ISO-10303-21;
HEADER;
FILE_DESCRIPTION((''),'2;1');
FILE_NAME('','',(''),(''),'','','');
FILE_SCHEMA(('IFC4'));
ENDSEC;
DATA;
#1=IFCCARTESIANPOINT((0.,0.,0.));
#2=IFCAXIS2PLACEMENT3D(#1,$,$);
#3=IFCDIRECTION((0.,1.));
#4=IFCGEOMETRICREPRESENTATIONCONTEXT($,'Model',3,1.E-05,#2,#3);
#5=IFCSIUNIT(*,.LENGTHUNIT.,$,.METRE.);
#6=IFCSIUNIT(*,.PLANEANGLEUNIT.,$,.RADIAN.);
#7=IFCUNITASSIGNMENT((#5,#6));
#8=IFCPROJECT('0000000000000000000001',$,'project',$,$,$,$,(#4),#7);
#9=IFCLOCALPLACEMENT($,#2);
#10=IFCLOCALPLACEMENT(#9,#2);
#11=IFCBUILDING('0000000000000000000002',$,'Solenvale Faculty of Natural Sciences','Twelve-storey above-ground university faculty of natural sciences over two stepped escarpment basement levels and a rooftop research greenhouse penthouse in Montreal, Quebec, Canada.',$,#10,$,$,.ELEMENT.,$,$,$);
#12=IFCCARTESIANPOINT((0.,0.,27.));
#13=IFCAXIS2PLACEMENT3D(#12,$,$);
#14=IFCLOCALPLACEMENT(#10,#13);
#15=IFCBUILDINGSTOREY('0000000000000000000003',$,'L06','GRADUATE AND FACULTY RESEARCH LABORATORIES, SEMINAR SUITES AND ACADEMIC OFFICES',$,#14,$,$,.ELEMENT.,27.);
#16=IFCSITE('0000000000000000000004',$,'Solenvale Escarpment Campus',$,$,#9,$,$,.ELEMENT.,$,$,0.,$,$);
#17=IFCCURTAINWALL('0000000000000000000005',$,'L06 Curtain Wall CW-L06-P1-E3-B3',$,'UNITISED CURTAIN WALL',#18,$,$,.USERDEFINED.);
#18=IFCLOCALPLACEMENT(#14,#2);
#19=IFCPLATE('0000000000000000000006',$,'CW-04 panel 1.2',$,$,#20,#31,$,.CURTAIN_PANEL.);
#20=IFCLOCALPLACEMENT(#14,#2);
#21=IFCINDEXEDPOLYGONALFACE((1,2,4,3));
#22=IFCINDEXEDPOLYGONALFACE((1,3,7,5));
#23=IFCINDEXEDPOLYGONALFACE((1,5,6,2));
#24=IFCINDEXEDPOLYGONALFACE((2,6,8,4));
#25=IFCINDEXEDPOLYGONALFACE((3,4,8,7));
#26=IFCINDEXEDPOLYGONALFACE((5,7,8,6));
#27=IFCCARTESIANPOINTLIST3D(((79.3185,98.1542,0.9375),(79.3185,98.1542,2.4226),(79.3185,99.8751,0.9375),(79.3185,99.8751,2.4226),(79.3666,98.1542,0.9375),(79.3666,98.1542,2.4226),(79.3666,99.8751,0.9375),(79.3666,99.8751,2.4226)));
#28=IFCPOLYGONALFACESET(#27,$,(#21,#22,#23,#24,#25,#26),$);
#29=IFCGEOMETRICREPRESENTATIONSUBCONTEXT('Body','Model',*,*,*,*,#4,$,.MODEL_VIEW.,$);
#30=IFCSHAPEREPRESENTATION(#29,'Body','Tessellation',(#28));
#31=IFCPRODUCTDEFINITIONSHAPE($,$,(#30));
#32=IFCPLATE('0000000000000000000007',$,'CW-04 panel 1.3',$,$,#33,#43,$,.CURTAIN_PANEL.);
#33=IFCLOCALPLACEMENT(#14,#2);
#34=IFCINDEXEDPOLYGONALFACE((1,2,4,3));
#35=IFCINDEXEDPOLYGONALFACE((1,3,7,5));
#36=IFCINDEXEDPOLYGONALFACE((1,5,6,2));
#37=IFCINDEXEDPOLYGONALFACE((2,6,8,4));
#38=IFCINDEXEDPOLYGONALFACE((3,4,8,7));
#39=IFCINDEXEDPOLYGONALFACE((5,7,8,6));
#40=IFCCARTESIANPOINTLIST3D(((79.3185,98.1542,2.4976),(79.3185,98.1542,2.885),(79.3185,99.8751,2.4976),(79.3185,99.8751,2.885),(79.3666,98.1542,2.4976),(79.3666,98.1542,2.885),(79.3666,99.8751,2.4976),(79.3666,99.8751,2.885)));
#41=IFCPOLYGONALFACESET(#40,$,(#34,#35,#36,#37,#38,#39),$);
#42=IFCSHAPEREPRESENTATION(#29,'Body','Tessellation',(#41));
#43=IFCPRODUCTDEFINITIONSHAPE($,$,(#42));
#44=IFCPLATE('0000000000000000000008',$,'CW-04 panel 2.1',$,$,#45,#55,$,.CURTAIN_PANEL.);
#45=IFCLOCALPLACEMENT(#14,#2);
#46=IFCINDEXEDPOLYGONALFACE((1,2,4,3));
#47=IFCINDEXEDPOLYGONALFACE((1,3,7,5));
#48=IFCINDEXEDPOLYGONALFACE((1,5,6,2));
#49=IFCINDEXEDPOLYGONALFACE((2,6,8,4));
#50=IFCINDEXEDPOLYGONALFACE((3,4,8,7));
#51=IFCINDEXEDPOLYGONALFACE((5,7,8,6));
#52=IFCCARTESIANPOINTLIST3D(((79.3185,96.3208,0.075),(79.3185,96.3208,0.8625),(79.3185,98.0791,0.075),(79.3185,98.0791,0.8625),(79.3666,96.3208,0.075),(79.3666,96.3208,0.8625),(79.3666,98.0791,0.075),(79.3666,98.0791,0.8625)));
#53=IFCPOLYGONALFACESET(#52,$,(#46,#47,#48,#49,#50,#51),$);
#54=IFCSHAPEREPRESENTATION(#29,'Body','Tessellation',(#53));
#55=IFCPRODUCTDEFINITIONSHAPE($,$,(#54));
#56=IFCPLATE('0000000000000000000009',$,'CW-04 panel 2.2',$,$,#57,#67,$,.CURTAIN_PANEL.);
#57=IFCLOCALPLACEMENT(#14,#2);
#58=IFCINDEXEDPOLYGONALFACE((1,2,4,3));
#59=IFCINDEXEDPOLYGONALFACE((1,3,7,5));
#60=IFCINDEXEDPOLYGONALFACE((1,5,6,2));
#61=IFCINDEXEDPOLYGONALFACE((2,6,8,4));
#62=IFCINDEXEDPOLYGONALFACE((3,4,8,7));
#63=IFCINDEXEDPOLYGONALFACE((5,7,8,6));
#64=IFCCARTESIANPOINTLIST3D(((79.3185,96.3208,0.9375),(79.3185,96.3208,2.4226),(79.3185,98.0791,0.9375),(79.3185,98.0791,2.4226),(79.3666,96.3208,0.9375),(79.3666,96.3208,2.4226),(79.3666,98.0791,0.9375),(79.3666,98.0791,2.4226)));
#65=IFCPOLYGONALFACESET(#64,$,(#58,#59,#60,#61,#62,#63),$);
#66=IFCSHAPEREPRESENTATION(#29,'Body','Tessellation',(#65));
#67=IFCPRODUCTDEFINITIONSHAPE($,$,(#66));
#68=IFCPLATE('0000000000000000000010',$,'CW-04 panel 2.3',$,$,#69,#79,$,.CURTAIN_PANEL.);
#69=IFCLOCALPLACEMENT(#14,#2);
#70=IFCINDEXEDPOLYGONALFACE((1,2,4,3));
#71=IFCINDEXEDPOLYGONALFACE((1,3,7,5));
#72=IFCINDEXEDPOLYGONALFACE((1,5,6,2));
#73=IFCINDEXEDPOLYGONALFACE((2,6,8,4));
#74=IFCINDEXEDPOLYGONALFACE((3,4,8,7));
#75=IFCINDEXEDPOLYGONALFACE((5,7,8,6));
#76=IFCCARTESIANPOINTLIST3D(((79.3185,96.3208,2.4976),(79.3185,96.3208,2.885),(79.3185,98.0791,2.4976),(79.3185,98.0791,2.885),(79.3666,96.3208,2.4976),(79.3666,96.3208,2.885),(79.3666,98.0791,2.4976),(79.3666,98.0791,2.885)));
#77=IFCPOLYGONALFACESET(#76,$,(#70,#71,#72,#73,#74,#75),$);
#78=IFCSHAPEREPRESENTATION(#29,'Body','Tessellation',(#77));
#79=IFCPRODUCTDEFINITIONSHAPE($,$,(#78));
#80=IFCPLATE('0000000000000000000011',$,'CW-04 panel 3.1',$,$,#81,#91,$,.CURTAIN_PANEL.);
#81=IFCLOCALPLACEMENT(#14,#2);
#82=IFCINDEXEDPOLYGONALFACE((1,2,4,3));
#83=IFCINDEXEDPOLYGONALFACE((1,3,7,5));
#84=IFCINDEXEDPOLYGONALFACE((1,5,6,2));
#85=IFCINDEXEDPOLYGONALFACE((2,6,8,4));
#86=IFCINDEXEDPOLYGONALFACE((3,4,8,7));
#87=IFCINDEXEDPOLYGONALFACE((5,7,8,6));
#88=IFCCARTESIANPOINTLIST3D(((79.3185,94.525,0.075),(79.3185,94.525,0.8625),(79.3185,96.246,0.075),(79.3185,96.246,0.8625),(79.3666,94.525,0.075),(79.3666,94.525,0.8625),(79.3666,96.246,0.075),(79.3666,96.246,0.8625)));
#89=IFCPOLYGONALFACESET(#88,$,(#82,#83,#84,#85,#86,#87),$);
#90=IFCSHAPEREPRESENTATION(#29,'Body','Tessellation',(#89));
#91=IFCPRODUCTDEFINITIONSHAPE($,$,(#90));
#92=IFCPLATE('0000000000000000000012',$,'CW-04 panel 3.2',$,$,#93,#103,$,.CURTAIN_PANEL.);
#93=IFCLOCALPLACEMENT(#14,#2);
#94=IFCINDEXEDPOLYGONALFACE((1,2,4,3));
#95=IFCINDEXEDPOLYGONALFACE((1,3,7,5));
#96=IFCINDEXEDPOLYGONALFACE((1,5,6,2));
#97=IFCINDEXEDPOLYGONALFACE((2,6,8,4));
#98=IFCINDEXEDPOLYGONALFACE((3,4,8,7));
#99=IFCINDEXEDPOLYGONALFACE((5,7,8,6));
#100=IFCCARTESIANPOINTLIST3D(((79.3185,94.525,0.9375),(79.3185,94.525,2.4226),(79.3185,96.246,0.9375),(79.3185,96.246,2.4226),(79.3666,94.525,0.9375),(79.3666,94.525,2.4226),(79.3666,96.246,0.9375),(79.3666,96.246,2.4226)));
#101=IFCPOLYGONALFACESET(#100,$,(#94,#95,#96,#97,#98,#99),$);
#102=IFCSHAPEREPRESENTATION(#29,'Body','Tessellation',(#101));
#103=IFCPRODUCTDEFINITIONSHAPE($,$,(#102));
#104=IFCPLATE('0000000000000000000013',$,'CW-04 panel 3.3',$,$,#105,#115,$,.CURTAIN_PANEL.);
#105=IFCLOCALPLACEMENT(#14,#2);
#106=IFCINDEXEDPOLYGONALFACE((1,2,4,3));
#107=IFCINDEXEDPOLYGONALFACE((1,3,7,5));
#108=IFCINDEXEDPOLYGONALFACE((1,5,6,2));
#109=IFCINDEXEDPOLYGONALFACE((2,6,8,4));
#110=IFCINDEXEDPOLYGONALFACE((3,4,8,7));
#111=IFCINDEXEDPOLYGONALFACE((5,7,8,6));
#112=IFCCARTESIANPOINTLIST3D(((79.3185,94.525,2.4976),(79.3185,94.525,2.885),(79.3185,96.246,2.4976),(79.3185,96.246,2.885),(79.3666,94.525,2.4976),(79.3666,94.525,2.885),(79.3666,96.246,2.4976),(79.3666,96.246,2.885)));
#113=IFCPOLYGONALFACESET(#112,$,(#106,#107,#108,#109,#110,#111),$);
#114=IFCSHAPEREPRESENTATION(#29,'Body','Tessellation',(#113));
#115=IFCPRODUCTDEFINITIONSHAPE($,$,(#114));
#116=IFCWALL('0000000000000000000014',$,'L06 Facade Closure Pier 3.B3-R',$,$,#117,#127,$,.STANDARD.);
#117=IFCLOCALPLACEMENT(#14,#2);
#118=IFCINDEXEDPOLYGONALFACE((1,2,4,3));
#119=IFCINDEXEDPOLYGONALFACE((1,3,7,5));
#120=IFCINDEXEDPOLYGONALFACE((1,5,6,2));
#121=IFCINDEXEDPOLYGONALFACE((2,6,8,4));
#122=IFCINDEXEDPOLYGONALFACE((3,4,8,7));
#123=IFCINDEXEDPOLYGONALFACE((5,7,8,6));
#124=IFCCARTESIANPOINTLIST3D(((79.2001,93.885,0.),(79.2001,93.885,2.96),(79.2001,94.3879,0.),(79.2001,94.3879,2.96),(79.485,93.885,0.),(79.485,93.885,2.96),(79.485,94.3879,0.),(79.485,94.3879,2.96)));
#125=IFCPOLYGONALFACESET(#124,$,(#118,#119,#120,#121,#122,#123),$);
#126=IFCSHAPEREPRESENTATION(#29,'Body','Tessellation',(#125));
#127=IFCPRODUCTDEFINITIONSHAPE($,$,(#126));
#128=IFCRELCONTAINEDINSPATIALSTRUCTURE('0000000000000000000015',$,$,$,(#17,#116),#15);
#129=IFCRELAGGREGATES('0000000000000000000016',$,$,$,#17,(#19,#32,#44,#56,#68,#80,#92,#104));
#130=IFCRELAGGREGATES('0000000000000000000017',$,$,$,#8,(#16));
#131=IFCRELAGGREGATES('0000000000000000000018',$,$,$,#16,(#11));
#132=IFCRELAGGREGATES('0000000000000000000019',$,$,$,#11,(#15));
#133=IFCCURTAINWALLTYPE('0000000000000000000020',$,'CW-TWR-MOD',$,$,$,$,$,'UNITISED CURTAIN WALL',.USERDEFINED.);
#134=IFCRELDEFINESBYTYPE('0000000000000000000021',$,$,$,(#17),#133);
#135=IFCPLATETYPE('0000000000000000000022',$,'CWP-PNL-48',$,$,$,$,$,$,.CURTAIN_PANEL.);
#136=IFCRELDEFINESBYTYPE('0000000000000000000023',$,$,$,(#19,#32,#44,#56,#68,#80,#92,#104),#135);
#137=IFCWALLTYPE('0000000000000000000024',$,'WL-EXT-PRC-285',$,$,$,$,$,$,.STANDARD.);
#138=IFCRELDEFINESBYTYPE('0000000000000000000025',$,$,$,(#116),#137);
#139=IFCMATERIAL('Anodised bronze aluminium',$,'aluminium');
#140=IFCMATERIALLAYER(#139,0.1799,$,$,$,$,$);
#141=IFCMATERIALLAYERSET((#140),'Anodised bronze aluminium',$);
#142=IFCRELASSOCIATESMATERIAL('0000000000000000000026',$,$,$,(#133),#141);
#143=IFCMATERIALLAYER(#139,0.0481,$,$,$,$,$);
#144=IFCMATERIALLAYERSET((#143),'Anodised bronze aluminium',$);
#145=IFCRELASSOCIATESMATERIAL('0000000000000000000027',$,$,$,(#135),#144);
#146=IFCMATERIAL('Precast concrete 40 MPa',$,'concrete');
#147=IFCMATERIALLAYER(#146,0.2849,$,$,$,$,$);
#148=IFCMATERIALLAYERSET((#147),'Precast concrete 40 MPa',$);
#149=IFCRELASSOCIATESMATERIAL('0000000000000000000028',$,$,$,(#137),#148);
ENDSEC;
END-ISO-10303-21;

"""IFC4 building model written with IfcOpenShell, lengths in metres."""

from ifc_helpers import new_model, si_unit, direction, frame, frame_2d, origin, origin_2d, place, context, subcontext, project, spatial, rectangle, extrude, material, layer, layer_set, type_object, element, aggregate, save


model = new_model("IFC4")

# Units and contexts
model_context = context("Model", 3, precision=1e-05, world=origin(), true_north=direction((0.0, 1.0)))
body_context = subcontext(model_context, "Body", "Model", "MODEL_VIEW")
ifc_project = project(units=[si_unit("LENGTHUNIT", "METRE"), si_unit("PLANEANGLEUNIT", "RADIAN")], contexts=[model_context])

# Site, building, storey
site_placement = place(None, origin())
site = spatial("IfcSite", under=ifc_project, at=site_placement, Name="Solenvale Escarpment Campus", CompositionType="ELEMENT", RefElevation=0.0)
building_placement = place(site_placement, origin())
building = spatial("IfcBuilding", under=site, at=building_placement, Name="Solenvale Faculty of Natural Sciences", Description="Twelve-storey above-ground university faculty of natural sciences over two stepped escarpment basement levels and a rooftop research greenhouse penthouse in Montreal, Quebec, Canada.", CompositionType="ELEMENT")
storey_placement = place(building_placement, frame((0.0, 0.0, 27.0)))
storey = spatial("IfcBuildingStorey", under=building, at=storey_placement, Name="L06", Description="GRADUATE AND FACULTY RESEARCH LABORATORIES, SEMINAR SUITES AND ACADEMIC OFFICES", CompositionType="ELEMENT", Elevation=27.0)

# Curtain wall, plates
ifc_material_1 = material(Name="Anodised bronze aluminium", Category="aluminium")
ifc_layer_1 = layer(ifc_material_1, 0.1799)
ifc_layer_set_1 = layer_set([ifc_layer_1], Name="Anodised bronze aluminium")
curtain_wall_type = type_object("IfcCurtainWallType", Name="CW-TWR-MOD", ElementType="UNITISED CURTAIN WALL", PredefinedType="USERDEFINED", material=ifc_layer_set_1)
curtain_wall_placement = place(storey_placement, origin())
curtain_wall = element("IfcCurtainWall", 1, at=curtain_wall_placement, inside=storey, type_object=curtain_wall_type, Name="L06 Curtain Wall CW-L06-P1-E3-B3", ObjectType="UNITISED CURTAIN WALL", PredefinedType="USERDEFINED")
ifc_layer_2 = layer(ifc_material_1, 0.0481)
ifc_layer_set_2 = layer_set([ifc_layer_2], Name="Anodised bronze aluminium")
plate_type = type_object("IfcPlateType", Name="CWP-PNL-48", PredefinedType="CURTAIN_PANEL", material=ifc_layer_set_2)
plate_1_placement = place(storey_placement, frame((79.3425, 99.0146, 0.9375), z_axis=(0.0, 0.0, 1.0), x_axis=(0.0, -1.0, 0.0)))
plate_1 = element("IfcPlate", 2, at=plate_1_placement, type_object=plate_type, Name="CW-04 panel 1.2", PredefinedType="CURTAIN_PANEL", context=body_context, shape_type="SweptSolid", body=[
    extrude(rectangle(XDim=1.7209, YDim=0.0481, at=origin_2d()), origin(), (0.0, 0.0, 1.0), 1.4851),
])
plate_2_placement = place(storey_placement, frame((79.3425, 99.0146, 2.4976), z_axis=(0.0, 0.0, 1.0), x_axis=(0.0, -1.0, 0.0)))
plate_2 = element("IfcPlate", 3, at=plate_2_placement, type_object=plate_type, Name="CW-04 panel 1.3", PredefinedType="CURTAIN_PANEL", context=body_context, shape_type="SweptSolid", body=[
    extrude(rectangle(XDim=1.7209, YDim=0.0481, at=origin_2d()), origin(), (0.0, 0.0, 1.0), 0.3875),
])
plate_3_placement = place(storey_placement, frame((79.3425, 97.2, 0.075), z_axis=(0.0, 0.0, 1.0), x_axis=(0.0, -1.0, 0.0)))
plate_3 = element("IfcPlate", 4, at=plate_3_placement, type_object=plate_type, Name="CW-04 panel 2.1", PredefinedType="CURTAIN_PANEL", context=body_context, shape_type="SweptSolid", body=[
    extrude(rectangle(XDim=1.7583, YDim=0.0481, at=origin_2d()), origin(), (0.0, 0.0, 1.0), 0.7876),
])
plate_4_placement = place(storey_placement, frame((79.3425, 97.2, 0.9375), z_axis=(0.0, 0.0, 1.0), x_axis=(0.0, -1.0, 0.0)))
plate_4 = element("IfcPlate", 5, at=plate_4_placement, type_object=plate_type, Name="CW-04 panel 2.2", PredefinedType="CURTAIN_PANEL", context=body_context, shape_type="SweptSolid", body=[
    extrude(rectangle(XDim=1.7583, YDim=0.0481, at=origin_2d()), origin(), (0.0, 0.0, 1.0), 1.4851),
])
plate_5_placement = place(storey_placement, frame((79.3425, 97.2, 2.4976), z_axis=(0.0, 0.0, 1.0), x_axis=(0.0, -1.0, 0.0)))
plate_5 = element("IfcPlate", 6, at=plate_5_placement, type_object=plate_type, Name="CW-04 panel 2.3", PredefinedType="CURTAIN_PANEL", context=body_context, shape_type="SweptSolid", body=[
    extrude(rectangle(XDim=1.7583, YDim=0.0481, at=origin_2d()), origin(), (0.0, 0.0, 1.0), 0.3875),
])
plate_6_placement = place(storey_placement, frame((79.3425, 95.3855, 0.075), z_axis=(0.0, 0.0, 1.0), x_axis=(0.0, -1.0, 0.0)))
plate_6 = element("IfcPlate", 7, at=plate_6_placement, type_object=plate_type, Name="CW-04 panel 3.1", PredefinedType="CURTAIN_PANEL", context=body_context, shape_type="SweptSolid", body=[
    extrude(rectangle(XDim=1.7209, YDim=0.0481, at=origin_2d()), origin(), (0.0, 0.0, 1.0), 0.7876),
])
plate_7_placement = place(storey_placement, frame((79.3425, 95.3855, 0.9375), z_axis=(0.0, 0.0, 1.0), x_axis=(0.0, -1.0, 0.0)))
plate_7 = element("IfcPlate", 8, at=plate_7_placement, type_object=plate_type, Name="CW-04 panel 3.2", PredefinedType="CURTAIN_PANEL", context=body_context, shape_type="SweptSolid", body=[
    extrude(rectangle(XDim=1.7209, YDim=0.0481, at=origin_2d()), origin(), (0.0, 0.0, 1.0), 1.4851),
])
plate_8_placement = place(storey_placement, frame((79.3425, 95.3855, 2.4976), z_axis=(0.0, 0.0, 1.0), x_axis=(0.0, -1.0, 0.0)))
plate_8 = element("IfcPlate", 9, at=plate_8_placement, type_object=plate_type, Name="CW-04 panel 3.3", PredefinedType="CURTAIN_PANEL", context=body_context, shape_type="SweptSolid", body=[
    extrude(rectangle(XDim=1.7209, YDim=0.0481, at=origin_2d()), origin(), (0.0, 0.0, 1.0), 0.3875),
])
aggregate(curtain_wall, [plate_1, plate_2, plate_3, plate_4, plate_5, plate_6, plate_7, plate_8])

# Wall
ifc_material_2 = material(Name="Precast concrete 40 MPa", Category="concrete")
ifc_layer_3 = layer(ifc_material_2, 0.2849)
ifc_layer_set_3 = layer_set([ifc_layer_3], Name="Precast concrete 40 MPa")
wall_type = type_object("IfcWallType", Name="WL-EXT-PRC-285", PredefinedType="STANDARD", material=ifc_layer_set_3)
wall_placement = place(storey_placement, frame((79.3425, 94.3879, 0.0), z_axis=(0.0, 0.0, 1.0), x_axis=(0.0, -1.0, 0.0)))
element("IfcWall", 10, at=wall_placement, inside=storey, type_object=wall_type, Name="L06 Facade Closure Pier 3.B3-R", PredefinedType="STANDARD", context=body_context, shape_type="SweptSolid", body=[
    extrude(rectangle(XDim=0.5029, YDim=0.2849, at=frame_2d((0.2515, 0.0))), origin(), (0.0, 0.0, 1.0), 2.96),
])

save(model, "model.ifc")
